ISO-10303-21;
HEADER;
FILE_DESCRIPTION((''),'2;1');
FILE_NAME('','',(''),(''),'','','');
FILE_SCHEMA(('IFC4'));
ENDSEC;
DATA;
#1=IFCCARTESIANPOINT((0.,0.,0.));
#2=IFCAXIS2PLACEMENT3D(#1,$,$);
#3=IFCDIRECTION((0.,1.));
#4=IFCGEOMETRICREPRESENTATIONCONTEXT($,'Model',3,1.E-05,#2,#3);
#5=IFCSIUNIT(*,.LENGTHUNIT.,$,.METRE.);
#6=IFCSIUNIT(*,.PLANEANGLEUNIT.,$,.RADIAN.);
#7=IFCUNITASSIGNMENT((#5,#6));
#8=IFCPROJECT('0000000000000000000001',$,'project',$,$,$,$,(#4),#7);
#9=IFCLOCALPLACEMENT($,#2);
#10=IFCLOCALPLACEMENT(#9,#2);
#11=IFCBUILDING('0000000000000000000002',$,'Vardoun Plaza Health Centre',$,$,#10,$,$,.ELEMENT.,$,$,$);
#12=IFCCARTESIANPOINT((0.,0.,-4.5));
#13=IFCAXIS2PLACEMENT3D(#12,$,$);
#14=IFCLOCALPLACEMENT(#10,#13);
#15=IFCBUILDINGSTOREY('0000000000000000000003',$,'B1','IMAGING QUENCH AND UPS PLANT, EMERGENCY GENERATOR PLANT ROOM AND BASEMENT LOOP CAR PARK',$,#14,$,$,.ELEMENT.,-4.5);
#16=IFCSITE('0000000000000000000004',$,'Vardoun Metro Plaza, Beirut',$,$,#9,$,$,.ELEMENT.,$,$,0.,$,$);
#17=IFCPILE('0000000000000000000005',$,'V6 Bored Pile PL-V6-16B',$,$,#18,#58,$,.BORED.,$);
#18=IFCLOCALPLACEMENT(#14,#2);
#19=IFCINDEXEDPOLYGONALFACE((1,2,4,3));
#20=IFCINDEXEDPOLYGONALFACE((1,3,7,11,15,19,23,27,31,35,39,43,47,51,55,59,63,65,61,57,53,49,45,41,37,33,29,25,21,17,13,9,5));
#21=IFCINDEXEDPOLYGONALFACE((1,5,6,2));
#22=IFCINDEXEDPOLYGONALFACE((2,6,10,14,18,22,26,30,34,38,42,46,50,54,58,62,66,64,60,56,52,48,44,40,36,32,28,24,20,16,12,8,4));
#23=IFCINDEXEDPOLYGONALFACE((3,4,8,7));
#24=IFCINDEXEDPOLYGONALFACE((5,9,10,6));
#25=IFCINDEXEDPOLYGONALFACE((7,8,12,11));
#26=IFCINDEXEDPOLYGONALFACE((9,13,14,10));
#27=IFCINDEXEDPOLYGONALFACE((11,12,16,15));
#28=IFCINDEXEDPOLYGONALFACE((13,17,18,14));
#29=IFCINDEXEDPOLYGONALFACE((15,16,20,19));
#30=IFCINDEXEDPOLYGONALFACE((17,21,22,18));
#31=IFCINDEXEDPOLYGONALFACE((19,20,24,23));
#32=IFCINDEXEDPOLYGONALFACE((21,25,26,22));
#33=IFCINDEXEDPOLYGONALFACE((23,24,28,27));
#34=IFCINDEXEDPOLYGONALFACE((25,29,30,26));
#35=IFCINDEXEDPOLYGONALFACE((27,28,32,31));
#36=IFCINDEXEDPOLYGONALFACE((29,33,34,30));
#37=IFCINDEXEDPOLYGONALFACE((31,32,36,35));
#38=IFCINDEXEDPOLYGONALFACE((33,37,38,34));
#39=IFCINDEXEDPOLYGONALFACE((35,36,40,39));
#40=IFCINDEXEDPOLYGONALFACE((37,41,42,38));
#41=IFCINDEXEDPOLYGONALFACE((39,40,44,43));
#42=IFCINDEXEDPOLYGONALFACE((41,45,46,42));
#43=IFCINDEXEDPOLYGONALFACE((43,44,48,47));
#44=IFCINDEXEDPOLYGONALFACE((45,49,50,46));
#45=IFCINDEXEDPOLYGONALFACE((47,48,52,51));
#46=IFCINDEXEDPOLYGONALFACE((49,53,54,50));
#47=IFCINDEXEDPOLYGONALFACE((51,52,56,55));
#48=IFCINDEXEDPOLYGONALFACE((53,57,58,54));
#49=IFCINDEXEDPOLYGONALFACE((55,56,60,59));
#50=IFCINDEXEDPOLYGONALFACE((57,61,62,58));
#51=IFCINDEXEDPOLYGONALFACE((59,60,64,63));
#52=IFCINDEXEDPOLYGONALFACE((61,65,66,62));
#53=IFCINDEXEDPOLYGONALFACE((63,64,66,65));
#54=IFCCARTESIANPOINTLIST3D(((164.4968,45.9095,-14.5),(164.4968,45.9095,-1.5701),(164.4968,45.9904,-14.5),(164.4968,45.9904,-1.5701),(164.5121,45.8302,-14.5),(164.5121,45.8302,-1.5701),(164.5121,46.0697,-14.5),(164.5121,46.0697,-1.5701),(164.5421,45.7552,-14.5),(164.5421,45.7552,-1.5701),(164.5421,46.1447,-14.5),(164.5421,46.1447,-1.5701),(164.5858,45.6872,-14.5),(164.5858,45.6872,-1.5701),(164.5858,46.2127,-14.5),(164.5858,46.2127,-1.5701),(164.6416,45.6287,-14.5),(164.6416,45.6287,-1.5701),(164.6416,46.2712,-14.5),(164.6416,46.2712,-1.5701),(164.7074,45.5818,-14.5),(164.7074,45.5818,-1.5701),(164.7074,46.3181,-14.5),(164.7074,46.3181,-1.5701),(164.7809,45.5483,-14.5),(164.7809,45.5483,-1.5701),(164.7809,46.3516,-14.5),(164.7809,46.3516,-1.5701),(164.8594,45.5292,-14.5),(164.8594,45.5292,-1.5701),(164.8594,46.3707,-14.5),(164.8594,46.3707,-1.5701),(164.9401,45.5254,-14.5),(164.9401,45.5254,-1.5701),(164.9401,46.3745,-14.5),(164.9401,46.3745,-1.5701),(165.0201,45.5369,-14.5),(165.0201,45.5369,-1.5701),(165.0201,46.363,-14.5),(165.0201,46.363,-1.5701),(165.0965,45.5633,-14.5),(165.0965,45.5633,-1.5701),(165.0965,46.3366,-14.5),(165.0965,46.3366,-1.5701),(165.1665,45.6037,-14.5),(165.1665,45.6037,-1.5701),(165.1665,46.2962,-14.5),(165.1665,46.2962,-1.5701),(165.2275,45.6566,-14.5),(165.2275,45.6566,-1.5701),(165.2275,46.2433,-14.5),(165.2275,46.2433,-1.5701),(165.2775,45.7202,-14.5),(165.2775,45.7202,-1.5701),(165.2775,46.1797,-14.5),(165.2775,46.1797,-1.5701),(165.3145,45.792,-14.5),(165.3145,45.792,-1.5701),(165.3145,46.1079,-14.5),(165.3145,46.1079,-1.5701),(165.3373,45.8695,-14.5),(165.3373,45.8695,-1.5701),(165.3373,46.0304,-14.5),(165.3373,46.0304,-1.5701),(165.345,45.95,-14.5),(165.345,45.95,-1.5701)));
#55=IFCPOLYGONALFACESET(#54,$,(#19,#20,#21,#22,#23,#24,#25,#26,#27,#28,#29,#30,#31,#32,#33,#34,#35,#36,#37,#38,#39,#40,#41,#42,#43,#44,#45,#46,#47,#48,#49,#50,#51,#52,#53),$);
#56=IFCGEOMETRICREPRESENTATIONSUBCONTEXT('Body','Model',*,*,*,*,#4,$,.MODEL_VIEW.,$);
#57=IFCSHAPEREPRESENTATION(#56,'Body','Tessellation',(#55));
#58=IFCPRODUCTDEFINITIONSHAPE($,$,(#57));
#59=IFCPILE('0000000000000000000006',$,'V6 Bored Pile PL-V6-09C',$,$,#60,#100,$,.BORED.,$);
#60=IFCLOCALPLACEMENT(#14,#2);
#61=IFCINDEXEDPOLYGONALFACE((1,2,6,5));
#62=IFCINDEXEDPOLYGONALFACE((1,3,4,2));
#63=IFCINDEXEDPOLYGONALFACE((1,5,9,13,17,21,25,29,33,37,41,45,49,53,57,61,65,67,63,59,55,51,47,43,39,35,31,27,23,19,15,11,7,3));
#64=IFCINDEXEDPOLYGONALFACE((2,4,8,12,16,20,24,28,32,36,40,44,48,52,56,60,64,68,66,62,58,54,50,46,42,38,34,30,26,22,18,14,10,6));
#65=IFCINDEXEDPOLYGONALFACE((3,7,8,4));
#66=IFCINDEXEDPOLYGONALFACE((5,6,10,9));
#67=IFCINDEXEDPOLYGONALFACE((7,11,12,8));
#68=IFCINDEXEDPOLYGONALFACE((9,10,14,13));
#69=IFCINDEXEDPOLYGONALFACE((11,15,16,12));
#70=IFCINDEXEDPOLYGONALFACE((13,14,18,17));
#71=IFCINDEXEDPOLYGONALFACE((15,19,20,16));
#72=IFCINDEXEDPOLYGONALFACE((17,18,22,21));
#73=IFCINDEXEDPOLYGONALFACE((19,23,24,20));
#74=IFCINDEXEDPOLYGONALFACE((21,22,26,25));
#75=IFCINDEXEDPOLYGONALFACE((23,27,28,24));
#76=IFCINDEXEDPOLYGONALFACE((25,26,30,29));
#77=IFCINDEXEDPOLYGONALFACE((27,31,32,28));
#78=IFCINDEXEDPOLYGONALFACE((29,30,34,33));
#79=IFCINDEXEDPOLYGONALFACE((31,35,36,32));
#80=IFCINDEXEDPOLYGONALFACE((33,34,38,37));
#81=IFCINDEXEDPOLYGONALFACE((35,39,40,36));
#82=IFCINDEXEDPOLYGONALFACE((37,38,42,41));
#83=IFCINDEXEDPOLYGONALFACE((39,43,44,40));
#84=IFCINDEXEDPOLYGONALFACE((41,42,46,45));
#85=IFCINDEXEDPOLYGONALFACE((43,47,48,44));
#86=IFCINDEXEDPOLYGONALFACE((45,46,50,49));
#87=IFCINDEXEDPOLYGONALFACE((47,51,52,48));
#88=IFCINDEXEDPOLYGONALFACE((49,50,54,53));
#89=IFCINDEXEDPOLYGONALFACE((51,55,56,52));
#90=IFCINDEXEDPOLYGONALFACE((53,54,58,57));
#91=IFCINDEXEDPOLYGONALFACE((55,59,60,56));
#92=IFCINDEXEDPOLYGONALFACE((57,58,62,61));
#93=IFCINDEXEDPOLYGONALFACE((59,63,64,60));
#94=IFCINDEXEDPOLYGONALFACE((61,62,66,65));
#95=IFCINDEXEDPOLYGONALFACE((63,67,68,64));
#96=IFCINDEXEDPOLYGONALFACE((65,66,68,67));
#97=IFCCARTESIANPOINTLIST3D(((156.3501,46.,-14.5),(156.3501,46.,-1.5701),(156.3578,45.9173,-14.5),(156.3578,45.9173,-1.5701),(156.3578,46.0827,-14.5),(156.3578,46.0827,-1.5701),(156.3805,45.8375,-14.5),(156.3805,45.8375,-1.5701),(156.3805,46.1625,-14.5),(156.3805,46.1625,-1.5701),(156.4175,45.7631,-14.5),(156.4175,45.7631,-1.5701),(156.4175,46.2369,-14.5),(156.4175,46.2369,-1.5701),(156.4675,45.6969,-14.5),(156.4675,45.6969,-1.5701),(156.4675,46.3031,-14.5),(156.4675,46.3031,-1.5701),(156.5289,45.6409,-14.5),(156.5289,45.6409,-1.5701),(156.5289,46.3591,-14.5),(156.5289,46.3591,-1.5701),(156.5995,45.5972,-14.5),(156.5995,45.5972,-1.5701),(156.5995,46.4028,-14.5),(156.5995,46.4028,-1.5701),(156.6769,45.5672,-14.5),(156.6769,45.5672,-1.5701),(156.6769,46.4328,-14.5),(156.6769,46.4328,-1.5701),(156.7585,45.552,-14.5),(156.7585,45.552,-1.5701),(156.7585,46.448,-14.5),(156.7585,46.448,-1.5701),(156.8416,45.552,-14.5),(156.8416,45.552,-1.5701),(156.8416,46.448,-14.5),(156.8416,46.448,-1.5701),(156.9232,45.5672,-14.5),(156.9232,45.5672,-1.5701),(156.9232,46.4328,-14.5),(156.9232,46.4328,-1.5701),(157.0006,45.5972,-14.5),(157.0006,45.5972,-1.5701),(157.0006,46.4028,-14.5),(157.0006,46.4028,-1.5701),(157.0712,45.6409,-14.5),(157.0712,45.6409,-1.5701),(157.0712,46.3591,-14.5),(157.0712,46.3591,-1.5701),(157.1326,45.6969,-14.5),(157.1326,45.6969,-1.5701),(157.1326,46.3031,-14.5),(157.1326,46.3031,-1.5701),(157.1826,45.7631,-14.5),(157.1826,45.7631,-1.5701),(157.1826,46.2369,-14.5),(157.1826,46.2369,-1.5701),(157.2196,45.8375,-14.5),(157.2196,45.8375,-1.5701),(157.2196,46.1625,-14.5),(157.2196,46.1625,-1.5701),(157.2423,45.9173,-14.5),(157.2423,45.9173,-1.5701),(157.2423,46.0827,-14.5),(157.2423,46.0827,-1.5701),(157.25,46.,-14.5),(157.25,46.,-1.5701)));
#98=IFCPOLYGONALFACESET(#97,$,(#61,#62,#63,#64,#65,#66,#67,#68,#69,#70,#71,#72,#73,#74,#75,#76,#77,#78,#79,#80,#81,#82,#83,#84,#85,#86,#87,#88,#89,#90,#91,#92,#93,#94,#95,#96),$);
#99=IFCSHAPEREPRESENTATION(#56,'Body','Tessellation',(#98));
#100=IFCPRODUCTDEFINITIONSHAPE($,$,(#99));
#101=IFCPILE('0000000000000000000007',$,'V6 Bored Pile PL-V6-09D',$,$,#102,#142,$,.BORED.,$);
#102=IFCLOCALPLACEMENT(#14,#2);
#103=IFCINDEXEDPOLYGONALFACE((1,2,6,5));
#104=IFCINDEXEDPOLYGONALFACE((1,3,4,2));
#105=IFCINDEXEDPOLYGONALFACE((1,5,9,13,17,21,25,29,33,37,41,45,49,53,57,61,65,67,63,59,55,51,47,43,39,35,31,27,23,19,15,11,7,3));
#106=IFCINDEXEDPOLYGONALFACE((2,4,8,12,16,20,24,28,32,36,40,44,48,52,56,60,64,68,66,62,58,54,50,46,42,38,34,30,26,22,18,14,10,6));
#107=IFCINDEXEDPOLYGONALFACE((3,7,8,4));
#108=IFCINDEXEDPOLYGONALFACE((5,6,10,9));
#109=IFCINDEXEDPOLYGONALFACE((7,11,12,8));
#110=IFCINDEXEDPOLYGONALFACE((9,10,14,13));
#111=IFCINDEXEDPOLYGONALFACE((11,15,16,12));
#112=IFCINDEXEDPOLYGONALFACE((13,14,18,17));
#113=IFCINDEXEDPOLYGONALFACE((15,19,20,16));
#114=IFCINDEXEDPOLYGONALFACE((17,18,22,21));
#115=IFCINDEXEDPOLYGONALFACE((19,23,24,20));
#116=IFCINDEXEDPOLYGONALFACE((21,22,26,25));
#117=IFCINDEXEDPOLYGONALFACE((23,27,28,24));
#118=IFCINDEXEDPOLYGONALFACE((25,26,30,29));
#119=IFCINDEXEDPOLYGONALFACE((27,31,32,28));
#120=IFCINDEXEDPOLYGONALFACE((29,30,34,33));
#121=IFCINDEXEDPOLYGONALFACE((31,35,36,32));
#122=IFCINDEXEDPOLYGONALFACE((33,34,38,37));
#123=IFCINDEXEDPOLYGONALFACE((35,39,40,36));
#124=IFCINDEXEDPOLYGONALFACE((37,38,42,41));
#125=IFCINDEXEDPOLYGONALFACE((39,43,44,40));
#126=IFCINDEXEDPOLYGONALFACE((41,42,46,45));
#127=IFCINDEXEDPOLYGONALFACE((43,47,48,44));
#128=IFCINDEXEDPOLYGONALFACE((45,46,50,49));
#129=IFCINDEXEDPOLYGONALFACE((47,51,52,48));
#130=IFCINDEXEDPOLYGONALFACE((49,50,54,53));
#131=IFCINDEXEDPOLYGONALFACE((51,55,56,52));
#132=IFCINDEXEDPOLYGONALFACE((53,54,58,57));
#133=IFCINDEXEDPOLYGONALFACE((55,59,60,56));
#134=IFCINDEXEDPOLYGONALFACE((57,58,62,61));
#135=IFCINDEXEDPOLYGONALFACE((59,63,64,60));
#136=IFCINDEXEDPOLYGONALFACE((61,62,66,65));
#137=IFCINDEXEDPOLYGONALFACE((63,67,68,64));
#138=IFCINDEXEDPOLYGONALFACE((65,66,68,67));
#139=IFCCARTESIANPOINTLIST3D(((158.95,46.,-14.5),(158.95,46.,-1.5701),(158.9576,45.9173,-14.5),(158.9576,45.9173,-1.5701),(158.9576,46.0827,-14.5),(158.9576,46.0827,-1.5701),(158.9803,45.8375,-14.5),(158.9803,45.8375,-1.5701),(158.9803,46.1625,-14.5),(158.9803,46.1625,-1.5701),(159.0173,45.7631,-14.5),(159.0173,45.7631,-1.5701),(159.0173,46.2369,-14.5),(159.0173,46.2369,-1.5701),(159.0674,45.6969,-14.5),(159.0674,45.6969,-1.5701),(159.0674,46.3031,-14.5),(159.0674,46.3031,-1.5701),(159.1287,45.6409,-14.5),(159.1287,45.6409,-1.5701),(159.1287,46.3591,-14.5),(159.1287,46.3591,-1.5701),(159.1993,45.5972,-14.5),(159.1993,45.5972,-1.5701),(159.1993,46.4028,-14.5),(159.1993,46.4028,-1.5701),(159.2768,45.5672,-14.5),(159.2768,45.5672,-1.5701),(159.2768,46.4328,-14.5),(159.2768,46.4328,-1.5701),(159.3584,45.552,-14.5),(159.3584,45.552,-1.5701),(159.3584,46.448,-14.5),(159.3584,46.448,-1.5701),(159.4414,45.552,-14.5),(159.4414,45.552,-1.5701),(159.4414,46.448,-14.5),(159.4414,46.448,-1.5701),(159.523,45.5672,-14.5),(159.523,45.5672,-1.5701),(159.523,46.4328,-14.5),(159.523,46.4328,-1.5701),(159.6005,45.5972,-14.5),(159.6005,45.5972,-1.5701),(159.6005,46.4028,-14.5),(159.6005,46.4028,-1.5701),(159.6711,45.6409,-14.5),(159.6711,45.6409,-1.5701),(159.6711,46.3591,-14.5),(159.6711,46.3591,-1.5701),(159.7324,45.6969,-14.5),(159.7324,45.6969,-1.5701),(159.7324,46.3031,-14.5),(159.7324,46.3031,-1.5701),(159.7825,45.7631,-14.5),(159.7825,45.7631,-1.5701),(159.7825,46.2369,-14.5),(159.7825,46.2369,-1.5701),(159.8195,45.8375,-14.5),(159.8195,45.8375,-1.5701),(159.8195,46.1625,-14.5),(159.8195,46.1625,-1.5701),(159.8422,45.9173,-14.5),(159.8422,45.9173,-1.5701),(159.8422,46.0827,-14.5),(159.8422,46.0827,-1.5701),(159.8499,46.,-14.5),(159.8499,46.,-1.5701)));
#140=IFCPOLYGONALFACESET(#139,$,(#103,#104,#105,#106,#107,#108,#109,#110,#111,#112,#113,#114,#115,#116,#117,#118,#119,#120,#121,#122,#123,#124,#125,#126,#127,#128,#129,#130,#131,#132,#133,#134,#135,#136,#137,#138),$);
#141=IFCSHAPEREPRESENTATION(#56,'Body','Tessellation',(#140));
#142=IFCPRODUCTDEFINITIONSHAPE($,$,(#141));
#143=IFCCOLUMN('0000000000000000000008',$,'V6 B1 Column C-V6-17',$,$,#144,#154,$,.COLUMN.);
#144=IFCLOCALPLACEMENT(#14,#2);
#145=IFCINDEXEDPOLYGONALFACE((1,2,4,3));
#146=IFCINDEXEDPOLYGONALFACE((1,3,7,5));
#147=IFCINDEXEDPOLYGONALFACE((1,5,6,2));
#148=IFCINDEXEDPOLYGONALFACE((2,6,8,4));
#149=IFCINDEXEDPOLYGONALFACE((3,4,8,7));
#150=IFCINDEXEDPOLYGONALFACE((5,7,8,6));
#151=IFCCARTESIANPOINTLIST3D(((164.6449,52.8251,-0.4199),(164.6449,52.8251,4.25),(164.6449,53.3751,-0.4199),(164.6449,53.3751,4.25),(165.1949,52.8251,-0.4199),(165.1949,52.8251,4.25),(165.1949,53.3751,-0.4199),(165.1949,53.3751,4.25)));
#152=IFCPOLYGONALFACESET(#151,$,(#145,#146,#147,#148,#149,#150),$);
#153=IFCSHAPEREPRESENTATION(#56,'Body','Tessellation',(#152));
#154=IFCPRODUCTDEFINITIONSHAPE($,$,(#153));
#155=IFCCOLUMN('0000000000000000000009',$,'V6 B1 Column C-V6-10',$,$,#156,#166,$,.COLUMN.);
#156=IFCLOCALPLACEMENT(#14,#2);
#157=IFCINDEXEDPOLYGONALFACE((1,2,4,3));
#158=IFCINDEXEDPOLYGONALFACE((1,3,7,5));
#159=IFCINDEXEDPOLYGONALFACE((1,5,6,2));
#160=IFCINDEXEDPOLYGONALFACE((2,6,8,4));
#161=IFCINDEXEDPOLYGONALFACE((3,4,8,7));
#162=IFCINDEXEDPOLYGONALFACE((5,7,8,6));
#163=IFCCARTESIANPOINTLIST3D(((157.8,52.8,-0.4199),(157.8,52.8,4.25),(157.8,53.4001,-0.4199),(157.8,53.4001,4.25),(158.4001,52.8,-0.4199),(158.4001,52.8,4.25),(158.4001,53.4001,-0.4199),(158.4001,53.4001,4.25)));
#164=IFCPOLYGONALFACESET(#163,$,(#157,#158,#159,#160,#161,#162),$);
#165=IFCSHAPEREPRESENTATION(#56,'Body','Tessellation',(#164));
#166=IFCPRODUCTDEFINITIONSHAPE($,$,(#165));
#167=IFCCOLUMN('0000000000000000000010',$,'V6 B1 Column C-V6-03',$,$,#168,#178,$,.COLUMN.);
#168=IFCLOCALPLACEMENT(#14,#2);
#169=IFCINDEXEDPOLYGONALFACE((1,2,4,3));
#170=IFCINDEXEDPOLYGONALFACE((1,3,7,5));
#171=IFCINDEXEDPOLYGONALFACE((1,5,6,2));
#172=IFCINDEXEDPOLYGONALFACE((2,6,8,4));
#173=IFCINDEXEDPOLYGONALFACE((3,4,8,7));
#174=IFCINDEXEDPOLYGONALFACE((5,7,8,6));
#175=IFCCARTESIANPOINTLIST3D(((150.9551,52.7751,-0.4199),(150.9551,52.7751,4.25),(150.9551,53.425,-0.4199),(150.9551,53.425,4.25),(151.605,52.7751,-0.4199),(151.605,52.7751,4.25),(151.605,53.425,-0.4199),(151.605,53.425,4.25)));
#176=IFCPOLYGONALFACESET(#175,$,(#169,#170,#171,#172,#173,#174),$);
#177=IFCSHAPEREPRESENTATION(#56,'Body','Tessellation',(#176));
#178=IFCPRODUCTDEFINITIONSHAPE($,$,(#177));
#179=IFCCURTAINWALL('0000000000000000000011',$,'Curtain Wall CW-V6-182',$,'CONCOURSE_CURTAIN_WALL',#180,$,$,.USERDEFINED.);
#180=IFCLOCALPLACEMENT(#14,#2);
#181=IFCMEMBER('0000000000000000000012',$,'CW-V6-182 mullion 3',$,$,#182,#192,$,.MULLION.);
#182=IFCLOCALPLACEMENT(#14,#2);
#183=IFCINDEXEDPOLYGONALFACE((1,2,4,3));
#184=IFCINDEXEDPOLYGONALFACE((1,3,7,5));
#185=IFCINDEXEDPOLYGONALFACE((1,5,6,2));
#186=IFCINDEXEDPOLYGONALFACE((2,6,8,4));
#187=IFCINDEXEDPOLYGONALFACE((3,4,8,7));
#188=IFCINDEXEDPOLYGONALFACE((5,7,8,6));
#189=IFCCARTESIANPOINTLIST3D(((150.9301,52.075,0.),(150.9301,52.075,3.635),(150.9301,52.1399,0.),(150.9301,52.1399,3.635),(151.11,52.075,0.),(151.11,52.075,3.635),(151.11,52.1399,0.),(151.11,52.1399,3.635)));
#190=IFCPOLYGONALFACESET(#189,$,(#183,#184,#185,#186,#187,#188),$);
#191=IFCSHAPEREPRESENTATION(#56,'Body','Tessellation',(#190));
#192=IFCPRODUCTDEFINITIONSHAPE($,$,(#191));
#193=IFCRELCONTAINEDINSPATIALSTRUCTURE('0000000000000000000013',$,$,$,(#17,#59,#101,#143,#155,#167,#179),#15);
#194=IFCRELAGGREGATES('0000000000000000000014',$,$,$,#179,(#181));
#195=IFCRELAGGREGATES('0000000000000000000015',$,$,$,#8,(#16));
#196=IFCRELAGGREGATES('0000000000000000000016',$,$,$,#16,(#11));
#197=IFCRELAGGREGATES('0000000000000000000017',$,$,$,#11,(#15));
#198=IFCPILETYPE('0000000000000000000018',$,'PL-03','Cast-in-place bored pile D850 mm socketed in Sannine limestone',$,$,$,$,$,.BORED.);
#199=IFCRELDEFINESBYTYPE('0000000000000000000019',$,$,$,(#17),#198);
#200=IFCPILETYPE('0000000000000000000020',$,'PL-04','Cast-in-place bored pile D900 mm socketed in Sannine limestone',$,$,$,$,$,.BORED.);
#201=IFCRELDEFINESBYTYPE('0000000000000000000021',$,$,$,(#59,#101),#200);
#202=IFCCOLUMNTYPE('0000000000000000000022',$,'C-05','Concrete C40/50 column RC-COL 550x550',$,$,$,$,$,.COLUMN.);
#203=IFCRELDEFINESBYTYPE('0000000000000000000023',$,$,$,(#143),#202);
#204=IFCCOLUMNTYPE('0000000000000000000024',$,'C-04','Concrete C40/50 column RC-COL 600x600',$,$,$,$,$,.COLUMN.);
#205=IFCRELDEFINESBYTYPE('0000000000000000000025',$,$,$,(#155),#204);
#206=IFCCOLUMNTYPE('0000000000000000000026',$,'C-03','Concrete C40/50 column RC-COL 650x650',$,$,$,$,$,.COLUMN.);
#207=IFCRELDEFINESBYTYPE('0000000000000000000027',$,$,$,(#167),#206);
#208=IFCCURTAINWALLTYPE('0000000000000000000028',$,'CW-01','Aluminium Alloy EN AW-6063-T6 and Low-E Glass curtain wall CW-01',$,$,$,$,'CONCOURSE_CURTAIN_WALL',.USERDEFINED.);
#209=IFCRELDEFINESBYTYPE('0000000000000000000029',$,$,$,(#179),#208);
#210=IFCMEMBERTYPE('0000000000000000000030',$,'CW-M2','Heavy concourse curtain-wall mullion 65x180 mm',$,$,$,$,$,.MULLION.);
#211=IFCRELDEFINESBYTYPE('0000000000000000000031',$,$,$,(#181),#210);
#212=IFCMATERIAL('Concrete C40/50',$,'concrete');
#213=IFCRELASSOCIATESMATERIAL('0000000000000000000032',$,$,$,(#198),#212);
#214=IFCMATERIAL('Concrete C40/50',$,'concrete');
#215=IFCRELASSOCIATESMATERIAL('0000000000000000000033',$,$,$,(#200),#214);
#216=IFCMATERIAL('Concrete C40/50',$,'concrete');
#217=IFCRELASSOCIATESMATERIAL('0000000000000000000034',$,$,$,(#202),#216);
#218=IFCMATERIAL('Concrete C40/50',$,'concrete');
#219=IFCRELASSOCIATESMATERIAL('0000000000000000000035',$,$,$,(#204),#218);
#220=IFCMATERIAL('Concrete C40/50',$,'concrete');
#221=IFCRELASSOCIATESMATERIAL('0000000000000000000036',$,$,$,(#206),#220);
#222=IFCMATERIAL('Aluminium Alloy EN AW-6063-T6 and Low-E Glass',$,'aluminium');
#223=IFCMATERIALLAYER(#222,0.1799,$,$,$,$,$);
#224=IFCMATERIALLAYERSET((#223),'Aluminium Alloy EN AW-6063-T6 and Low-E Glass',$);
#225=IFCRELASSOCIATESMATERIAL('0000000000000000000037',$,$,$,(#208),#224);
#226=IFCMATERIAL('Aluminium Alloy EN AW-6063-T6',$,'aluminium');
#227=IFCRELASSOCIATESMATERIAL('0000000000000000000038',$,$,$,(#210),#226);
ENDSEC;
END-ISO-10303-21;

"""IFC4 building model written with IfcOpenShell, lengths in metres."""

from ifc_helpers import new_model, si_unit, direction, frame, origin, origin_2d, place, context, subcontext, project, spatial, rectangle, circle, extrude, material, layer, layer_set, material_profile, profile_set, type_object, element, aggregate, save


model = new_model("IFC4")

# Units and contexts
model_context = context("Model", 3, precision=1e-05, world=origin(), true_north=direction((0.0, 1.0)))
body_context = subcontext(model_context, "Body", "Model", "MODEL_VIEW")
ifc_project = project(units=[si_unit("LENGTHUNIT", "METRE"), si_unit("PLANEANGLEUNIT", "RADIAN")], contexts=[model_context])

# Site, building, storey
site_placement = place(None, origin())
site = spatial("IfcSite", under=ifc_project, at=site_placement, Name="Vardoun Metro Plaza, Beirut", CompositionType="ELEMENT", RefElevation=0.0)
building_placement = place(site_placement, origin())
building = spatial("IfcBuilding", under=site, at=building_placement, Name="Vardoun Plaza Health Centre", CompositionType="ELEMENT")
storey_placement = place(building_placement, frame((0.0, 0.0, -4.5)))
storey = spatial("IfcBuildingStorey", under=building, at=storey_placement, Name="B1", Description="IMAGING QUENCH AND UPS PLANT, EMERGENCY GENERATOR PLANT ROOM AND BASEMENT LOOP CAR PARK", CompositionType="ELEMENT", Elevation=-4.5)

# Piles
ifc_material_1 = material(Name="Concrete C40/50", Category="concrete")
ifc_material_profile_1 = material_profile(ifc_material_1, circle(Radius=0.425, at=origin_2d()), Name="PILE D850")
ifc_profile_set_1 = profile_set([ifc_material_profile_1], Name="Concrete C40/50")
pile_type_1 = type_object("IfcPileType", Name="PL-03", Description="Cast-in-place bored pile D850 mm socketed in Sannine limestone", PredefinedType="BORED", material=ifc_profile_set_1)
pile_placement = place(storey_placement, frame((164.9199, 45.95, -1.5701), z_axis=(0.0, 0.0, -1.0), x_axis=(1.0, 0.0, 0.0)))
element("IfcPile", 1, at=pile_placement, inside=storey, type_object=pile_type_1, Name="V6 Bored Pile PL-V6-16B", PredefinedType="BORED", context=body_context, shape_type="SweptSolid", body=[
    extrude(circle(Radius=0.425, at=origin_2d()), origin(), (0.0, 0.0, 1.0), 12.9299),
])
ifc_material_2 = material(Name="Concrete C40/50", Category="concrete")
ifc_material_profile_2 = material_profile(ifc_material_2, circle(Radius=0.45, at=origin_2d()), Name="PILE D900")
ifc_profile_set_2 = profile_set([ifc_material_profile_2], Name="Concrete C40/50")
pile_type_2 = type_object("IfcPileType", Name="PL-04", Description="Cast-in-place bored pile D900 mm socketed in Sannine limestone", PredefinedType="BORED", material=ifc_profile_set_2)
for number, where, z_axis, x_axis, name in (
    (2, (156.8, 46.0, -1.5701), (0.0, 0.0, -1.0), (1.0, 0.0, 0.0), "V6 Bored Pile PL-V6-09C"),
    (3, (159.3999, 46.0, -1.5701), (0.0, 0.0, -1.0), (1.0, 0.0, 0.0), "V6 Bored Pile PL-V6-09D"),
):
    element("IfcPile", number, at=place(storey_placement, frame(where, z_axis=z_axis, x_axis=x_axis)), inside=storey, type_object=pile_type_2, Name=name, PredefinedType="BORED", context=body_context, shape_type="SweptSolid", body=[
        extrude(circle(Radius=0.45, at=origin_2d()), origin(), (0.0, 0.0, 1.0), 12.9299),
    ])

# Columns
ifc_material_3 = material(Name="Concrete C40/50", Category="concrete")
ifc_material_profile_3 = material_profile(ifc_material_3, rectangle(XDim=0.55, YDim=0.55, at=origin_2d()), Name="RC-COL 550x550")
ifc_profile_set_3 = profile_set([ifc_material_profile_3], Name="Concrete C40/50")
column_type_1 = type_object("IfcColumnType", Name="C-05", Description="Concrete C40/50 column RC-COL 550x550", PredefinedType="COLUMN", material=ifc_profile_set_3)
column_1_placement = place(storey_placement, frame((164.9199, 53.1001, -0.4199), z_axis=(0.0, 0.0, 1.0), x_axis=(1.0, 0.0, 0.0)))
element("IfcColumn", 4, at=column_1_placement, inside=storey, type_object=column_type_1, Name="V6 B1 Column C-V6-17", PredefinedType="COLUMN", context=body_context, shape_type="SweptSolid", body=[
    extrude(rectangle(XDim=0.55, YDim=0.55, at=origin_2d()), origin(), (0.0, 0.0, 1.0), 4.6699),
])
ifc_material_4 = material(Name="Concrete C40/50", Category="concrete")
ifc_material_profile_4 = material_profile(ifc_material_4, rectangle(XDim=0.6001, YDim=0.6001, at=origin_2d()), Name="RC-COL 600x600")
ifc_profile_set_4 = profile_set([ifc_material_profile_4], Name="Concrete C40/50")
column_type_2 = type_object("IfcColumnType", Name="C-04", Description="Concrete C40/50 column RC-COL 600x600", PredefinedType="COLUMN", material=ifc_profile_set_4)
column_2_placement = place(storey_placement, frame((158.1001, 53.1001, -0.4199), z_axis=(0.0, 0.0, 1.0), x_axis=(1.0, 0.0, 0.0)))
element("IfcColumn", 5, at=column_2_placement, inside=storey, type_object=column_type_2, Name="V6 B1 Column C-V6-10", PredefinedType="COLUMN", context=body_context, shape_type="SweptSolid", body=[
    extrude(rectangle(XDim=0.6001, YDim=0.6001, at=origin_2d()), origin(), (0.0, 0.0, 1.0), 4.6699),
])
ifc_material_5 = material(Name="Concrete C40/50", Category="concrete")
ifc_material_profile_5 = material_profile(ifc_material_5, rectangle(XDim=0.6499, YDim=0.6499, at=origin_2d()), Name="RC-COL 650x650")
ifc_profile_set_5 = profile_set([ifc_material_profile_5], Name="Concrete C40/50")
column_type_3 = type_object("IfcColumnType", Name="C-03", Description="Concrete C40/50 column RC-COL 650x650", PredefinedType="COLUMN", material=ifc_profile_set_5)
column_3_placement = place(storey_placement, frame((151.28, 53.1001, -0.4199), z_axis=(0.0, 0.0, 1.0), x_axis=(1.0, 0.0, 0.0)))
element("IfcColumn", 6, at=column_3_placement, inside=storey, type_object=column_type_3, Name="V6 B1 Column C-V6-03", PredefinedType="COLUMN", context=body_context, shape_type="SweptSolid", body=[
    extrude(rectangle(XDim=0.6499, YDim=0.6499, at=origin_2d()), origin(), (0.0, 0.0, 1.0), 4.6699),
])

# Curtain wall, member
ifc_material_6 = material(Name="Aluminium Alloy EN AW-6063-T6 and Low-E Glass", Category="aluminium")
ifc_layer_1 = layer(ifc_material_6, 0.1799)
ifc_layer_set_1 = layer_set([ifc_layer_1], Name="Aluminium Alloy EN AW-6063-T6 and Low-E Glass")
curtain_wall_type = type_object("IfcCurtainWallType", Name="CW-01", Description="Aluminium Alloy EN AW-6063-T6 and Low-E Glass curtain wall CW-01", ElementType="CONCOURSE_CURTAIN_WALL", PredefinedType="USERDEFINED", material=ifc_layer_set_1)
curtain_wall_1_placement = place(storey_placement, origin())
curtain_wall_1 = element("IfcCurtainWall", 7, at=curtain_wall_1_placement, inside=storey, type_object=curtain_wall_type, Name="Curtain Wall CW-V6-182", ObjectType="CONCOURSE_CURTAIN_WALL", PredefinedType="USERDEFINED")
ifc_material_7 = material(Name="Aluminium Alloy EN AW-6063-T6", Category="aluminium")
ifc_material_profile_6 = material_profile(ifc_material_7, rectangle(XDim=0.1799, YDim=0.0649, at=origin_2d()), Name="CWM 65x180")
ifc_profile_set_6 = profile_set([ifc_material_profile_6], Name="Aluminium Alloy EN AW-6063-T6")
member_type_1 = type_object("IfcMemberType", Name="CW-M2", Description="Heavy concourse curtain-wall mullion 65x180 mm", PredefinedType="MULLION", material=ifc_profile_set_6)
member_1_placement = place(storey_placement, frame((151.02, 52.1074, 0.0), z_axis=(0.0, 0.0, 1.0), x_axis=(-1.0, 0.0, 0.0)))
member_1 = element("IfcMember", 8, at=member_1_placement, type_object=member_type_1, Name="CW-V6-182 mullion 3", PredefinedType="MULLION", context=body_context, shape_type="SweptSolid", body=[
    extrude(rectangle(XDim=0.1799, YDim=0.0649, at=origin_2d()), origin(), (0.0, 0.0, 1.0), 3.635),
])
aggregate(curtain_wall_1, [member_1])

save(model, "model.ifc")
